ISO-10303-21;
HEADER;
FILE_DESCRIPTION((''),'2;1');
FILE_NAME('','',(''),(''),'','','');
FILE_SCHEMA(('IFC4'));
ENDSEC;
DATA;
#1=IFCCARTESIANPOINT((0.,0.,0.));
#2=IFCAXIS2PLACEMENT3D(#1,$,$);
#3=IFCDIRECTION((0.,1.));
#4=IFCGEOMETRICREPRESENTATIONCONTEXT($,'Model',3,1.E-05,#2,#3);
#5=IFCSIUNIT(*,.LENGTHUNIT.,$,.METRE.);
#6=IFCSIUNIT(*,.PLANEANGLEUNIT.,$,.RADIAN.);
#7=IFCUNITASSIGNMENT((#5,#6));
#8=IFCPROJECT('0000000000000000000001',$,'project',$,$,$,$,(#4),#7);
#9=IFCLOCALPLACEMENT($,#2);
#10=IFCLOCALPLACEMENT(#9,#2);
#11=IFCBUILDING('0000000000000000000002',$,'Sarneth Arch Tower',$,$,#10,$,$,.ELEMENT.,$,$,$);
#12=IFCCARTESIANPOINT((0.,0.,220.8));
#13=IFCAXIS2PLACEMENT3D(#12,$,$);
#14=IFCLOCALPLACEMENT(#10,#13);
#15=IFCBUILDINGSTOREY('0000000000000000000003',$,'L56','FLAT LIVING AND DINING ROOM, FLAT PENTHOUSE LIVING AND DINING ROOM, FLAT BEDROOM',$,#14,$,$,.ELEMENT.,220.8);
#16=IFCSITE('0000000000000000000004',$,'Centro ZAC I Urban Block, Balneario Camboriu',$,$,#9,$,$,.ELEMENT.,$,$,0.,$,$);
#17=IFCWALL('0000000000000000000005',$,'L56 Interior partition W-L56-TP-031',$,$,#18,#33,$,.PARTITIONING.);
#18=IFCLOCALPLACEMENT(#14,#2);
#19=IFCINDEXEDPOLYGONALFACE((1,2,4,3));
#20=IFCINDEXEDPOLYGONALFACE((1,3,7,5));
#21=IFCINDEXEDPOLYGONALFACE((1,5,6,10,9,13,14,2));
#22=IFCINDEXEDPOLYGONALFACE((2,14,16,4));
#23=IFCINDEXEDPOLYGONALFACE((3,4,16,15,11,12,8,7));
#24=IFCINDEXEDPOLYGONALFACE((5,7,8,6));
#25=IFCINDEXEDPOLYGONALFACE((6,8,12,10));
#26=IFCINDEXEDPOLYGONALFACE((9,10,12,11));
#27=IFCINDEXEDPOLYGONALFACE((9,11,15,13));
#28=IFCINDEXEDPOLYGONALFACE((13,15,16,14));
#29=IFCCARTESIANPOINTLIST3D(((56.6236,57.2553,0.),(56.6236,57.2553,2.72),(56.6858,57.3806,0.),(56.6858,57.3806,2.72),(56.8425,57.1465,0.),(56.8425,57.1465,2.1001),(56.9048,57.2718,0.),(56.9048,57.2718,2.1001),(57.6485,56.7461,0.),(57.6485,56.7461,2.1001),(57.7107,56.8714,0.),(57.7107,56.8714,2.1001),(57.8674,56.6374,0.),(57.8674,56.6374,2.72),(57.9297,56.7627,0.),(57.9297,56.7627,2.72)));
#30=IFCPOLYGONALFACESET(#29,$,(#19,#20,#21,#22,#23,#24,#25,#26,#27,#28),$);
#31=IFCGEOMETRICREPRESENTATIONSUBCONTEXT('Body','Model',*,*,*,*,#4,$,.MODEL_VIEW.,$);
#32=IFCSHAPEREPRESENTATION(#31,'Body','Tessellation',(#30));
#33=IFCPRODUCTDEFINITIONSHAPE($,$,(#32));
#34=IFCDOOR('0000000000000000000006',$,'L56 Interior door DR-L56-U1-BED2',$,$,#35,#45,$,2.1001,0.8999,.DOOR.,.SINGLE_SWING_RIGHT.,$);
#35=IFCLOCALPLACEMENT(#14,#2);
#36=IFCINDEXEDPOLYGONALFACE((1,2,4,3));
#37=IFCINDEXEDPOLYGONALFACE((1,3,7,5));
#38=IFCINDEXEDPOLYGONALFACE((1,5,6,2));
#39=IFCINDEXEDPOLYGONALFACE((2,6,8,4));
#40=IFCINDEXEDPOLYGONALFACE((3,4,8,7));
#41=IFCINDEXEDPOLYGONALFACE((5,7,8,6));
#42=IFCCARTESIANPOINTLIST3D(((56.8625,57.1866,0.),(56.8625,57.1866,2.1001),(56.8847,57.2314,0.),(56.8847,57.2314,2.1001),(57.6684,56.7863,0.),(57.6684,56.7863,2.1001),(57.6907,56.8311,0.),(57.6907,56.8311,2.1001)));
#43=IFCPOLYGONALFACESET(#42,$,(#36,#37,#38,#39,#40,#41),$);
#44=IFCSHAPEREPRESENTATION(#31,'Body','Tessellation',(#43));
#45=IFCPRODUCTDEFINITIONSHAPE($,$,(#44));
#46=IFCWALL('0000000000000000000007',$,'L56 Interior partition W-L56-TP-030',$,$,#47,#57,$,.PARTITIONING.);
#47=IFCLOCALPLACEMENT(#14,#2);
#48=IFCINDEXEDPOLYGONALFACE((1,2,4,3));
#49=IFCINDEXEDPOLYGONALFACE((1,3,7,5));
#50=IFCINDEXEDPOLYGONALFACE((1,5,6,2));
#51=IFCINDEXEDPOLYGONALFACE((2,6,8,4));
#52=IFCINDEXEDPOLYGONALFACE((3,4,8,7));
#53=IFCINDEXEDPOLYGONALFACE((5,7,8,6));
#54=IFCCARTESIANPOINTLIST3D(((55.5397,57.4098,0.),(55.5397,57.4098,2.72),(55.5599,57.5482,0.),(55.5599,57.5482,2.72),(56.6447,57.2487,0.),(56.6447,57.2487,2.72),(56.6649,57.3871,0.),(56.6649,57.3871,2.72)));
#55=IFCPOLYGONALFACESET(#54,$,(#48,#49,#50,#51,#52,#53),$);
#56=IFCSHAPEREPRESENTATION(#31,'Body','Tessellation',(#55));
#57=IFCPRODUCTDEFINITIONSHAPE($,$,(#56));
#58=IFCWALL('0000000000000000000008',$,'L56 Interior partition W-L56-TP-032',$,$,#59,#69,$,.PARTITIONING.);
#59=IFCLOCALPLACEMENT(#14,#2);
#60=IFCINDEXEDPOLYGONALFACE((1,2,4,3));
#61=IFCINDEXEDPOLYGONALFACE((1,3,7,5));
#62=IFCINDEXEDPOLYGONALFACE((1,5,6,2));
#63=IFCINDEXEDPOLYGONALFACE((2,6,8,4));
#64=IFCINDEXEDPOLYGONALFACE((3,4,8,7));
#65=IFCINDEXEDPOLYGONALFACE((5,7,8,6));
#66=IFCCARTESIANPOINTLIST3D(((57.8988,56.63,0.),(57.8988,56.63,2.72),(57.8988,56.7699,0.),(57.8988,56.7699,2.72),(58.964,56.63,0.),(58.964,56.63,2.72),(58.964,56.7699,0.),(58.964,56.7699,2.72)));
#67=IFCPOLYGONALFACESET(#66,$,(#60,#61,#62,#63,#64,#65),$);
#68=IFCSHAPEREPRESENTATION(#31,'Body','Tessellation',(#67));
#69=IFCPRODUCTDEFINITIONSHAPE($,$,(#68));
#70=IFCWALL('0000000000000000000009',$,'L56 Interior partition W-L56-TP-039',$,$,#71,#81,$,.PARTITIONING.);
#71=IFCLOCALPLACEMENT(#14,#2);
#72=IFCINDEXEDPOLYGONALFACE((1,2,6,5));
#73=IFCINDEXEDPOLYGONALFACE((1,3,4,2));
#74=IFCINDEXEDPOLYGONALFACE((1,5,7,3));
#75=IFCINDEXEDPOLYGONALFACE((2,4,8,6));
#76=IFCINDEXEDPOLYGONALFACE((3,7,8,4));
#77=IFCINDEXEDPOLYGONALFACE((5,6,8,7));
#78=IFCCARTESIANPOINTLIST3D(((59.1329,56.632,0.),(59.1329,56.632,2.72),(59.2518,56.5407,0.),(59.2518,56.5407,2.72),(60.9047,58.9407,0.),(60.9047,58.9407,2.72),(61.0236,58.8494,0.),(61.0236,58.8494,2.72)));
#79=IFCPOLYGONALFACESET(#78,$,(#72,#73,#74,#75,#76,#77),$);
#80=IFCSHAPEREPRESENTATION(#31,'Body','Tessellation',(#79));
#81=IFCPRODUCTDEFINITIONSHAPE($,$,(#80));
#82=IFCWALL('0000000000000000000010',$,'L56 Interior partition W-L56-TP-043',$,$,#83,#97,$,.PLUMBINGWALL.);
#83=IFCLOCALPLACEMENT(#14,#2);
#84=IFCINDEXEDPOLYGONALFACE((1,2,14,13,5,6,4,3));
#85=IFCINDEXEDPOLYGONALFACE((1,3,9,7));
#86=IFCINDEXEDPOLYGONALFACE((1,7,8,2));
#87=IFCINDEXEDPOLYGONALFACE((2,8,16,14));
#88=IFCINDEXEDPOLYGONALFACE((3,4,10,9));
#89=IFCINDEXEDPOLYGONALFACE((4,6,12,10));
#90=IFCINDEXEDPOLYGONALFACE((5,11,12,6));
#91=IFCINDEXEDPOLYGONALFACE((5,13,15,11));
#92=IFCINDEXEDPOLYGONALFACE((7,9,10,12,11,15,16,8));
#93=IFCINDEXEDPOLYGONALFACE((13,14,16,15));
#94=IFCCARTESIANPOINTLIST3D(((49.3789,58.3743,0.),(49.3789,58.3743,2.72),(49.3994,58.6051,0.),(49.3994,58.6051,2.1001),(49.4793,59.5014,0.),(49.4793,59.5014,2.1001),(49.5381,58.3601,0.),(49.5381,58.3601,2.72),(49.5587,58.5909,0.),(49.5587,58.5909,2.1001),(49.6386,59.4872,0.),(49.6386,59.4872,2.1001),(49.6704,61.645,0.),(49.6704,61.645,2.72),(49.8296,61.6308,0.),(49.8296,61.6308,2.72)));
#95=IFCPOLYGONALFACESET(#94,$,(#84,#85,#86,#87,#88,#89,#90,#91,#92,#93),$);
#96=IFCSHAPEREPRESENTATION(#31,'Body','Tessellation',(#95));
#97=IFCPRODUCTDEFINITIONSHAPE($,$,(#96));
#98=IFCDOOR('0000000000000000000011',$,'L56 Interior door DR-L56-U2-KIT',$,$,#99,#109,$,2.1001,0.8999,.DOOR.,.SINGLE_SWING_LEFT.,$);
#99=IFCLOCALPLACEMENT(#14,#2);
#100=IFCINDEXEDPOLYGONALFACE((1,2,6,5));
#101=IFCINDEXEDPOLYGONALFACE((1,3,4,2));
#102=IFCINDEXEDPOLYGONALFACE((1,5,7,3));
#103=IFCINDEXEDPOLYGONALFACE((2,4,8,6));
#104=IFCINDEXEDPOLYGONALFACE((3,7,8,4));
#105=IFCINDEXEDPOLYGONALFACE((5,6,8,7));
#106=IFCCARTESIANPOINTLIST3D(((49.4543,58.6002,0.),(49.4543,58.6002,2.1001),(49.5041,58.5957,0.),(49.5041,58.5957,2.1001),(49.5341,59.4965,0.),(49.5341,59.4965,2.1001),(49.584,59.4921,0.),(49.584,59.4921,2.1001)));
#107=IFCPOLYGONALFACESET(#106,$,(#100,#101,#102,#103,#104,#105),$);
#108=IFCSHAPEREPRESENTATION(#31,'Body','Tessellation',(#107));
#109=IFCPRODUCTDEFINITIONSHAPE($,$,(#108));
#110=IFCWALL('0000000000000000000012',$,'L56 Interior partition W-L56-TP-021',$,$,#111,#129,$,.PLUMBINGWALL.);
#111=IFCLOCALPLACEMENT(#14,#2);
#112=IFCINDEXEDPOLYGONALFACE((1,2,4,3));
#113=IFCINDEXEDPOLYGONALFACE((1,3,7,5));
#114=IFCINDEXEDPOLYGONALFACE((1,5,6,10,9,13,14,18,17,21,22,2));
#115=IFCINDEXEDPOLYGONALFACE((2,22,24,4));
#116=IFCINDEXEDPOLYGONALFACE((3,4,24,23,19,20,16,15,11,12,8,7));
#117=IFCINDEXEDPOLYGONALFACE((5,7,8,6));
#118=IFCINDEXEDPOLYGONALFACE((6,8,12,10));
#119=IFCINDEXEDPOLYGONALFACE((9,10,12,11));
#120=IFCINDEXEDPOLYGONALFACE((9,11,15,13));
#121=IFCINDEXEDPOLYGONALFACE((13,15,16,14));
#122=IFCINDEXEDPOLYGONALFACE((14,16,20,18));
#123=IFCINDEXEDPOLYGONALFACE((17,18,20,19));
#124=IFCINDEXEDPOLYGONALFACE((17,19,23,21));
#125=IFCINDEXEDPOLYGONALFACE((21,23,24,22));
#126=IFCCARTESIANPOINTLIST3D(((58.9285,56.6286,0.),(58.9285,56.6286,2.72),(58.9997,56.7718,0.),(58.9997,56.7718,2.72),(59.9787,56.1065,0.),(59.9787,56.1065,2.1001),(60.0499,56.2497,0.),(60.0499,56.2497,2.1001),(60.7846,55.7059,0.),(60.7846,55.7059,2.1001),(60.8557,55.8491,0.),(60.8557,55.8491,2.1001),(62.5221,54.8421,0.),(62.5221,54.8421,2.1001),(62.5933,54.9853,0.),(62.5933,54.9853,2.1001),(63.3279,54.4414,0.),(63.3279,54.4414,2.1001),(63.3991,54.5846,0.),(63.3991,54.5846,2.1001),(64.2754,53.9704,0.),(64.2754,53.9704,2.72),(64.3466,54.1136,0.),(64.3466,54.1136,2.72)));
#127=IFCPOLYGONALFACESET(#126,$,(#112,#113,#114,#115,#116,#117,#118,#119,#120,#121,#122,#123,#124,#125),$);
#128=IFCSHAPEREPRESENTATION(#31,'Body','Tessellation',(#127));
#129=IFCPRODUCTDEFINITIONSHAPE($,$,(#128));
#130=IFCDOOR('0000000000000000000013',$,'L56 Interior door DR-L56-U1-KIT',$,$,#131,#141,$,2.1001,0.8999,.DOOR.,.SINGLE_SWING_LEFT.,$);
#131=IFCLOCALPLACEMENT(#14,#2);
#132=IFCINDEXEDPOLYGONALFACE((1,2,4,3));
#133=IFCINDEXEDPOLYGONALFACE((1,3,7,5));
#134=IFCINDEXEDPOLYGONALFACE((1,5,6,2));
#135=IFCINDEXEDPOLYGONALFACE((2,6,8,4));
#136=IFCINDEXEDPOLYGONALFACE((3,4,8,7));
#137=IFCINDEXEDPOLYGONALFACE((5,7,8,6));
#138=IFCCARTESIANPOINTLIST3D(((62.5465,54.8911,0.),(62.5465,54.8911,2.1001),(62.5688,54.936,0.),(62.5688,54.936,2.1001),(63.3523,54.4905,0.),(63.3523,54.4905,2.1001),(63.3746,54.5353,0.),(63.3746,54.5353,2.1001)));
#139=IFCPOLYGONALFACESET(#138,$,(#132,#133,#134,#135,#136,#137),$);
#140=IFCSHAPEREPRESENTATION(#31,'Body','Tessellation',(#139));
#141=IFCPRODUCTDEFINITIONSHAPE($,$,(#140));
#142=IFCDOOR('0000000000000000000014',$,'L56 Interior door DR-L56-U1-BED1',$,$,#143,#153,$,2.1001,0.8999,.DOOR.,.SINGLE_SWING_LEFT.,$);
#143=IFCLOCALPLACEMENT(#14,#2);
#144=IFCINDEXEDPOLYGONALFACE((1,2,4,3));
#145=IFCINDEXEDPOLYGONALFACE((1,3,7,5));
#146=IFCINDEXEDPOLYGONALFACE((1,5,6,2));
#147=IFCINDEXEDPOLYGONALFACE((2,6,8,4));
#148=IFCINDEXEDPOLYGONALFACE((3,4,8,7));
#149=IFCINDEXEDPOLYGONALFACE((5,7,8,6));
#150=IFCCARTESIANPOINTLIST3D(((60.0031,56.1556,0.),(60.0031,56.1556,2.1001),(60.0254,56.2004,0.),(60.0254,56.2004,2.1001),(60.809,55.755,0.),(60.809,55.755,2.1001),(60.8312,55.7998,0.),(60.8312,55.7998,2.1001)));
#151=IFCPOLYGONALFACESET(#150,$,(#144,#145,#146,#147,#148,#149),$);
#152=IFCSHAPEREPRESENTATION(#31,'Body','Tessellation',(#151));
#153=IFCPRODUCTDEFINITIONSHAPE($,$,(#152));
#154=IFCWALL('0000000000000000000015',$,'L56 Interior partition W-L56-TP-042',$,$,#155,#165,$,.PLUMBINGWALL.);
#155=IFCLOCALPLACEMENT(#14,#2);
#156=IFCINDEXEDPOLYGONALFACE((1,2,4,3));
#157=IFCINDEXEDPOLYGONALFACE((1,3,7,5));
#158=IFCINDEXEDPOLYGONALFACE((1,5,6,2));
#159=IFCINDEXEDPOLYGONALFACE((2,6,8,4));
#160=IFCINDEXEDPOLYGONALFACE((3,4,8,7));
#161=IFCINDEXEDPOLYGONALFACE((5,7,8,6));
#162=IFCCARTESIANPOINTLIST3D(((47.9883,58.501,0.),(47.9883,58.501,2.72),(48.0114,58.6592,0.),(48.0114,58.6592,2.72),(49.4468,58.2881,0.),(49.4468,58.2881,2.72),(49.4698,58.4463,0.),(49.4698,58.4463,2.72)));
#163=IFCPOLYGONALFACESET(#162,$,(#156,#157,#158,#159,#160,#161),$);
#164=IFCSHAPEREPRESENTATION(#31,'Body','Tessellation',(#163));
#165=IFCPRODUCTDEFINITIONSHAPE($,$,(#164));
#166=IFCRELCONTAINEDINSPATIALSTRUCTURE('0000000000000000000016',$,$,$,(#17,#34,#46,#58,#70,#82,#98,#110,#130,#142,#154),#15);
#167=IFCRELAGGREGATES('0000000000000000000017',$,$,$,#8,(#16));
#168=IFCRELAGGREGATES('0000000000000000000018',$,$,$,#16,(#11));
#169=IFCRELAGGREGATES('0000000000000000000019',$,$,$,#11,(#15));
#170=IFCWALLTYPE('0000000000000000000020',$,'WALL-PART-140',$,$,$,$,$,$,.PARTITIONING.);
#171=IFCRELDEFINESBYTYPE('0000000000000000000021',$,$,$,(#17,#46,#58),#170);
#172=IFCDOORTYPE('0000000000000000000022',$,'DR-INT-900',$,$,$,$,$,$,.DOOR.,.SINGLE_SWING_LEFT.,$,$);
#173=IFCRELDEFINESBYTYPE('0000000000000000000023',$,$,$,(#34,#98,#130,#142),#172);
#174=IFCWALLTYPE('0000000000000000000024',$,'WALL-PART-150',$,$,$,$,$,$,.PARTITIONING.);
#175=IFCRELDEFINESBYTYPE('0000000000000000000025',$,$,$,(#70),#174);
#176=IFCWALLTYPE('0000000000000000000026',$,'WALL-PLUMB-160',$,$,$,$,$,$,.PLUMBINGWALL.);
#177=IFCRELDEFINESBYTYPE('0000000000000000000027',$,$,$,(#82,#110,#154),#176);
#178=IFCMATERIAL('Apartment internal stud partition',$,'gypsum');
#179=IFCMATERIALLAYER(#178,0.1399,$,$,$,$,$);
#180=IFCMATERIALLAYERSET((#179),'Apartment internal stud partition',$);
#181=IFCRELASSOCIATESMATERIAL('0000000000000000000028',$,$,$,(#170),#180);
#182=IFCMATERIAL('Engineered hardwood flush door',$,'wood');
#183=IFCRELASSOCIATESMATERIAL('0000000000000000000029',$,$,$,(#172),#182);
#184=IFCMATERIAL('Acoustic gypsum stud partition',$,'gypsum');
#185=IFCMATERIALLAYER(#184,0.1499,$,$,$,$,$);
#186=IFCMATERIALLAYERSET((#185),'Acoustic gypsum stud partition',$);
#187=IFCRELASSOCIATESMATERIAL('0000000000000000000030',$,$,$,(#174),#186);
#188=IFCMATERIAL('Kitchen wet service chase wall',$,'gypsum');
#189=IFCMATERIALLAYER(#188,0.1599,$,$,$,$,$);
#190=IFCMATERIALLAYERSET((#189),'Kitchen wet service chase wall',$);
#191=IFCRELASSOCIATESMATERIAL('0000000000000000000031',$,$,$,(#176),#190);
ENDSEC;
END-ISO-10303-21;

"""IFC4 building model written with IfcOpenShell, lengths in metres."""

from ifc_helpers import new_model, si_unit, direction, frame, frame_2d, origin, place, context, subcontext, project, spatial, rectangle, extrude, material, layer, layer_set, type_object, element, fill, save


model = new_model("IFC4")

# Units and contexts
model_context = context("Model", 3, precision=1e-05, world=origin(), true_north=direction((0.0, 1.0)))
body_context = subcontext(model_context, "Body", "Model", "MODEL_VIEW")
ifc_project = project(units=[si_unit("LENGTHUNIT", "METRE"), si_unit("PLANEANGLEUNIT", "RADIAN")], contexts=[model_context])

# Site, building, storey
site_placement = place(None, origin())
site = spatial("IfcSite", under=ifc_project, at=site_placement, Name="Centro ZAC I Urban Block, Balneario Camboriu", CompositionType="ELEMENT", RefElevation=0.0)
building_placement = place(site_placement, origin())
building = spatial("IfcBuilding", under=site, at=building_placement, Name="Sarneth Arch Tower", CompositionType="ELEMENT")
storey_placement = place(building_placement, frame((0.0, 0.0, 220.8)))
storey = spatial("IfcBuildingStorey", under=building, at=storey_placement, Name="L56", Description="FLAT LIVING AND DINING ROOM, FLAT PENTHOUSE LIVING AND DINING ROOM, FLAT BEDROOM", CompositionType="ELEMENT", Elevation=220.8)

# Wall, opening, door
ifc_material_1 = material(Name="Apartment internal stud partition", Category="gypsum")
ifc_layer_1 = layer(ifc_material_1, 0.1399)
ifc_layer_set_1 = layer_set([ifc_layer_1], Name="Apartment internal stud partition")
wall_type_1 = type_object("IfcWallType", Name="WALL-PART-140", PredefinedType="PARTITIONING", material=ifc_layer_set_1)
wall_1_placement = place(storey_placement, frame((56.6548, 57.3179, 0.0), z_axis=(0.0, 0.0, 1.0), x_axis=(0.895584, -0.444892, 0.0)))
wall_1 = element("IfcWall", 1, at=wall_1_placement, inside=storey, type_object=wall_type_1, Name="L56 Interior partition W-L56-TP-031", PredefinedType="PARTITIONING", context=body_context, shape_type="SweptSolid", body=[
    extrude(rectangle(XDim=1.3889, YDim=0.1399, at=frame_2d((0.6943, 0.0))), origin(), (0.0, 0.0, 1.0), 2.72),
])
opening_1_placement = place(wall_1_placement, frame((0.2444, 0.0, 0.0)))
opening_1 = element("IfcOpeningElement", 2, at=opening_1_placement, cuts=wall_1, PredefinedType="OPENING", context=body_context, shape_type="SweptSolid", body=[
    extrude(rectangle(XDim=0.8999, YDim=2.1001, at=frame_2d((0.45, 1.05))), frame((0.0, 0.0798, 0.0), z_axis=(0.0, -1.0, 0.0), x_axis=(1.0, 0.0, 0.0)), (0.0, 0.0, 1.0), 0.1599),
])
ifc_material_2 = material(Name="Engineered hardwood flush door", Category="wood")
door_type_1 = type_object("IfcDoorType", Name="DR-INT-900", OperationType="SINGLE_SWING_LEFT", PredefinedType="DOOR", material=ifc_material_2)
door_1_placement = place(opening_1_placement, origin())
door_1 = element("IfcDoor", 3, at=door_1_placement, inside=storey, type_object=door_type_1, Name="L56 Interior door DR-L56-U1-BED2", OperationType="SINGLE_SWING_RIGHT", OverallHeight=2.1001, OverallWidth=0.8999, PredefinedType="DOOR", context=body_context, shape_type="SweptSolid", body=[
    extrude(rectangle(XDim=0.8999, YDim=2.1001, at=frame_2d((0.45, 1.05))), frame((0.0, 0.0249, 0.0), z_axis=(0.0, -1.0, 0.0), x_axis=(1.0, 0.0, 0.0)), (0.0, 0.0, 1.0), 0.05),
])
fill(opening_1, door_1)

# Walls
wall_2_placement = place(storey_placement, frame((55.5498, 57.479, 0.0), z_axis=(0.0, 0.0, 1.0), x_axis=(0.989534, -0.144298, 0.0)))
element("IfcWall", 4, at=wall_2_placement, inside=storey, type_object=wall_type_1, Name="L56 Interior partition W-L56-TP-030", PredefinedType="PARTITIONING", context=body_context, shape_type="SweptSolid", body=[
    extrude(rectangle(XDim=1.1167, YDim=0.1399, at=frame_2d((0.5583, 0.0))), origin(), (0.0, 0.0, 1.0), 2.72),
])
wall_3_placement = place(storey_placement, frame((57.8987, 56.7, 0.0), z_axis=(0.0, 0.0, 1.0), x_axis=(1.0, 0.0, 0.0)))
element("IfcWall", 5, at=wall_3_placement, inside=storey, type_object=wall_type_1, Name="L56 Interior partition W-L56-TP-032", PredefinedType="PARTITIONING", context=body_context, shape_type="SweptSolid", body=[
    extrude(rectangle(XDim=1.0652, YDim=0.1399, at=frame_2d((0.5327, 0.0))), origin(), (0.0, 0.0, 1.0), 2.72),
])
ifc_material_3 = material(Name="Acoustic gypsum stud partition", Category="gypsum")
ifc_layer_2 = layer(ifc_material_3, 0.1499)
ifc_layer_set_2 = layer_set([ifc_layer_2], Name="Acoustic gypsum stud partition")
wall_type_2 = type_object("IfcWallType", Name="WALL-PART-150", PredefinedType="PARTITIONING", material=ifc_layer_set_2)
wall_4_placement = place(storey_placement, frame((60.9641, 58.895, 0.0), z_axis=(0.0, 0.0, 1.0), x_axis=(-0.608822, -0.793306, 0.0)))
element("IfcWall", 6, at=wall_4_placement, inside=storey, type_object=wall_type_2, Name="L56 Interior partition W-L56-TP-039", PredefinedType="PARTITIONING", context=body_context, shape_type="SweptSolid", body=[
    extrude(rectangle(XDim=2.9102, YDim=0.1499, at=frame_2d((1.4551, 0.0))), origin(), (0.0, 0.0, 1.0), 2.72),
])

# Wall, opening, door
ifc_material_4 = material(Name="Kitchen wet service chase wall", Category="gypsum")
ifc_layer_3 = layer(ifc_material_4, 0.1599)
ifc_layer_set_3 = layer_set([ifc_layer_3], Name="Kitchen wet service chase wall")
wall_type_3 = type_object("IfcWallType", Name="WALL-PLUMB-160", PredefinedType="PLUMBINGWALL", material=ifc_layer_set_3)
wall_5_placement = place(storey_placement, frame((49.4585, 58.3672, 0.0), z_axis=(0.0, 0.0, 1.0), x_axis=(0.088773, 0.996052, 0.0)))
wall_5 = element("IfcWall", 7, at=wall_5_placement, inside=storey, type_object=wall_type_3, Name="L56 Interior partition W-L56-TP-043", PredefinedType="PLUMBINGWALL", context=body_context, shape_type="SweptSolid", body=[
    extrude(rectangle(XDim=3.2837, YDim=0.1599, at=frame_2d((1.6418, 0.0))), origin(), (0.0, 0.0, 1.0), 2.72),
])
opening_2_placement = place(wall_5_placement, frame((0.2317, 0.0, 0.0)))
opening_2 = element("IfcOpeningElement", 8, at=opening_2_placement, cuts=wall_5, PredefinedType="OPENING", context=body_context, shape_type="SweptSolid", body=[
    extrude(rectangle(XDim=0.8999, YDim=2.1001, at=frame_2d((0.45, 1.05))), frame((0.0, 0.0898, 0.0), z_axis=(0.0, -1.0, 0.0), x_axis=(1.0, 0.0, 0.0)), (0.0, 0.0, 1.0), 0.1799),
])
door_2_placement = place(opening_2_placement, origin())
door_2 = element("IfcDoor", 9, at=door_2_placement, inside=storey, type_object=door_type_1, Name="L56 Interior door DR-L56-U2-KIT", OperationType="SINGLE_SWING_LEFT", OverallHeight=2.1001, OverallWidth=0.8999, PredefinedType="DOOR", context=body_context, shape_type="SweptSolid", body=[
    extrude(rectangle(XDim=0.8999, YDim=2.1001, at=frame_2d((0.45, 1.05))), frame((0.0, 0.0249, 0.0), z_axis=(0.0, -1.0, 0.0), x_axis=(1.0, 0.0, 0.0)), (0.0, 0.0, 1.0), 0.05),
])
fill(opening_2, door_2)

# Wall, openings, doors
wall_6_placement = place(storey_placement, frame((58.9641, 56.7002, 0.0), z_axis=(0.0, 0.0, 1.0), x_axis=(0.895447, -0.445168, 0.0)))
wall_6 = element("IfcWall", 10, at=wall_6_placement, inside=storey, type_object=wall_type_3, Name="L56 Interior partition W-L56-TP-021", PredefinedType="PLUMBINGWALL", context=body_context, shape_type="SweptSolid", body=[
    extrude(rectangle(XDim=5.9712, YDim=0.1599, at=frame_2d((2.9856, 0.0))), origin(), (0.0, 0.0, 1.0), 2.72),
])
opening_3_placement = place(wall_6_placement, frame((4.0132, 0.0, 0.0)))
opening_3 = element("IfcOpeningElement", 11, at=opening_3_placement, cuts=wall_6, PredefinedType="OPENING", context=body_context, shape_type="SweptSolid", body=[
    extrude(rectangle(XDim=0.8999, YDim=2.1001, at=frame_2d((0.45, 1.05))), frame((0.0, 0.0898, 0.0), z_axis=(0.0, -1.0, 0.0), x_axis=(1.0, 0.0, 0.0)), (0.0, 0.0, 1.0), 0.1799),
])
opening_4_placement = place(wall_6_placement, frame((1.1729, 0.0, 0.0)))
opening_4 = element("IfcOpeningElement", 12, at=opening_4_placement, cuts=wall_6, PredefinedType="OPENING", context=body_context, shape_type="SweptSolid", body=[
    extrude(rectangle(XDim=0.8999, YDim=2.1001, at=frame_2d((0.45, 1.05))), frame((0.0, 0.0898, 0.0), z_axis=(0.0, -1.0, 0.0), x_axis=(1.0, 0.0, 0.0)), (0.0, 0.0, 1.0), 0.1799),
])
door_3_placement = place(opening_3_placement, origin())
door_3 = element("IfcDoor", 13, at=door_3_placement, inside=storey, type_object=door_type_1, Name="L56 Interior door DR-L56-U1-KIT", OperationType="SINGLE_SWING_LEFT", OverallHeight=2.1001, OverallWidth=0.8999, PredefinedType="DOOR", context=body_context, shape_type="SweptSolid", body=[
    extrude(rectangle(XDim=0.8999, YDim=2.1001, at=frame_2d((0.45, 1.05))), frame((0.0, 0.0249, 0.0), z_axis=(0.0, -1.0, 0.0), x_axis=(1.0, 0.0, 0.0)), (0.0, 0.0, 1.0), 0.05),
])
fill(opening_3, door_3)
door_4_placement = place(opening_4_placement, origin())
door_4 = element("IfcDoor", 14, at=door_4_placement, inside=storey, type_object=door_type_1, Name="L56 Interior door DR-L56-U1-BED1", OperationType="SINGLE_SWING_LEFT", OverallHeight=2.1001, OverallWidth=0.8999, PredefinedType="DOOR", context=body_context, shape_type="SweptSolid", body=[
    extrude(rectangle(XDim=0.8999, YDim=2.1001, at=frame_2d((0.45, 1.05))), frame((0.0, 0.0249, 0.0), z_axis=(0.0, -1.0, 0.0), x_axis=(1.0, 0.0, 0.0)), (0.0, 0.0, 1.0), 0.05),
])
fill(opening_4, door_4)

# Wall
wall_7_placement = place(storey_placement, frame((48.0, 58.5801, 0.0), z_axis=(0.0, 0.0, 1.0), x_axis=(0.989514, -0.144435, 0.0)))
element("IfcWall", 15, at=wall_7_placement, inside=storey, type_object=wall_type_3, Name="L56 Interior partition W-L56-TP-042", PredefinedType="PLUMBINGWALL", context=body_context, shape_type="SweptSolid", body=[
    extrude(rectangle(XDim=1.4739, YDim=0.1599, at=frame_2d((0.7368, 0.0))), origin(), (0.0, 0.0, 1.0), 2.72),
])

save(model, "model.ifc")
